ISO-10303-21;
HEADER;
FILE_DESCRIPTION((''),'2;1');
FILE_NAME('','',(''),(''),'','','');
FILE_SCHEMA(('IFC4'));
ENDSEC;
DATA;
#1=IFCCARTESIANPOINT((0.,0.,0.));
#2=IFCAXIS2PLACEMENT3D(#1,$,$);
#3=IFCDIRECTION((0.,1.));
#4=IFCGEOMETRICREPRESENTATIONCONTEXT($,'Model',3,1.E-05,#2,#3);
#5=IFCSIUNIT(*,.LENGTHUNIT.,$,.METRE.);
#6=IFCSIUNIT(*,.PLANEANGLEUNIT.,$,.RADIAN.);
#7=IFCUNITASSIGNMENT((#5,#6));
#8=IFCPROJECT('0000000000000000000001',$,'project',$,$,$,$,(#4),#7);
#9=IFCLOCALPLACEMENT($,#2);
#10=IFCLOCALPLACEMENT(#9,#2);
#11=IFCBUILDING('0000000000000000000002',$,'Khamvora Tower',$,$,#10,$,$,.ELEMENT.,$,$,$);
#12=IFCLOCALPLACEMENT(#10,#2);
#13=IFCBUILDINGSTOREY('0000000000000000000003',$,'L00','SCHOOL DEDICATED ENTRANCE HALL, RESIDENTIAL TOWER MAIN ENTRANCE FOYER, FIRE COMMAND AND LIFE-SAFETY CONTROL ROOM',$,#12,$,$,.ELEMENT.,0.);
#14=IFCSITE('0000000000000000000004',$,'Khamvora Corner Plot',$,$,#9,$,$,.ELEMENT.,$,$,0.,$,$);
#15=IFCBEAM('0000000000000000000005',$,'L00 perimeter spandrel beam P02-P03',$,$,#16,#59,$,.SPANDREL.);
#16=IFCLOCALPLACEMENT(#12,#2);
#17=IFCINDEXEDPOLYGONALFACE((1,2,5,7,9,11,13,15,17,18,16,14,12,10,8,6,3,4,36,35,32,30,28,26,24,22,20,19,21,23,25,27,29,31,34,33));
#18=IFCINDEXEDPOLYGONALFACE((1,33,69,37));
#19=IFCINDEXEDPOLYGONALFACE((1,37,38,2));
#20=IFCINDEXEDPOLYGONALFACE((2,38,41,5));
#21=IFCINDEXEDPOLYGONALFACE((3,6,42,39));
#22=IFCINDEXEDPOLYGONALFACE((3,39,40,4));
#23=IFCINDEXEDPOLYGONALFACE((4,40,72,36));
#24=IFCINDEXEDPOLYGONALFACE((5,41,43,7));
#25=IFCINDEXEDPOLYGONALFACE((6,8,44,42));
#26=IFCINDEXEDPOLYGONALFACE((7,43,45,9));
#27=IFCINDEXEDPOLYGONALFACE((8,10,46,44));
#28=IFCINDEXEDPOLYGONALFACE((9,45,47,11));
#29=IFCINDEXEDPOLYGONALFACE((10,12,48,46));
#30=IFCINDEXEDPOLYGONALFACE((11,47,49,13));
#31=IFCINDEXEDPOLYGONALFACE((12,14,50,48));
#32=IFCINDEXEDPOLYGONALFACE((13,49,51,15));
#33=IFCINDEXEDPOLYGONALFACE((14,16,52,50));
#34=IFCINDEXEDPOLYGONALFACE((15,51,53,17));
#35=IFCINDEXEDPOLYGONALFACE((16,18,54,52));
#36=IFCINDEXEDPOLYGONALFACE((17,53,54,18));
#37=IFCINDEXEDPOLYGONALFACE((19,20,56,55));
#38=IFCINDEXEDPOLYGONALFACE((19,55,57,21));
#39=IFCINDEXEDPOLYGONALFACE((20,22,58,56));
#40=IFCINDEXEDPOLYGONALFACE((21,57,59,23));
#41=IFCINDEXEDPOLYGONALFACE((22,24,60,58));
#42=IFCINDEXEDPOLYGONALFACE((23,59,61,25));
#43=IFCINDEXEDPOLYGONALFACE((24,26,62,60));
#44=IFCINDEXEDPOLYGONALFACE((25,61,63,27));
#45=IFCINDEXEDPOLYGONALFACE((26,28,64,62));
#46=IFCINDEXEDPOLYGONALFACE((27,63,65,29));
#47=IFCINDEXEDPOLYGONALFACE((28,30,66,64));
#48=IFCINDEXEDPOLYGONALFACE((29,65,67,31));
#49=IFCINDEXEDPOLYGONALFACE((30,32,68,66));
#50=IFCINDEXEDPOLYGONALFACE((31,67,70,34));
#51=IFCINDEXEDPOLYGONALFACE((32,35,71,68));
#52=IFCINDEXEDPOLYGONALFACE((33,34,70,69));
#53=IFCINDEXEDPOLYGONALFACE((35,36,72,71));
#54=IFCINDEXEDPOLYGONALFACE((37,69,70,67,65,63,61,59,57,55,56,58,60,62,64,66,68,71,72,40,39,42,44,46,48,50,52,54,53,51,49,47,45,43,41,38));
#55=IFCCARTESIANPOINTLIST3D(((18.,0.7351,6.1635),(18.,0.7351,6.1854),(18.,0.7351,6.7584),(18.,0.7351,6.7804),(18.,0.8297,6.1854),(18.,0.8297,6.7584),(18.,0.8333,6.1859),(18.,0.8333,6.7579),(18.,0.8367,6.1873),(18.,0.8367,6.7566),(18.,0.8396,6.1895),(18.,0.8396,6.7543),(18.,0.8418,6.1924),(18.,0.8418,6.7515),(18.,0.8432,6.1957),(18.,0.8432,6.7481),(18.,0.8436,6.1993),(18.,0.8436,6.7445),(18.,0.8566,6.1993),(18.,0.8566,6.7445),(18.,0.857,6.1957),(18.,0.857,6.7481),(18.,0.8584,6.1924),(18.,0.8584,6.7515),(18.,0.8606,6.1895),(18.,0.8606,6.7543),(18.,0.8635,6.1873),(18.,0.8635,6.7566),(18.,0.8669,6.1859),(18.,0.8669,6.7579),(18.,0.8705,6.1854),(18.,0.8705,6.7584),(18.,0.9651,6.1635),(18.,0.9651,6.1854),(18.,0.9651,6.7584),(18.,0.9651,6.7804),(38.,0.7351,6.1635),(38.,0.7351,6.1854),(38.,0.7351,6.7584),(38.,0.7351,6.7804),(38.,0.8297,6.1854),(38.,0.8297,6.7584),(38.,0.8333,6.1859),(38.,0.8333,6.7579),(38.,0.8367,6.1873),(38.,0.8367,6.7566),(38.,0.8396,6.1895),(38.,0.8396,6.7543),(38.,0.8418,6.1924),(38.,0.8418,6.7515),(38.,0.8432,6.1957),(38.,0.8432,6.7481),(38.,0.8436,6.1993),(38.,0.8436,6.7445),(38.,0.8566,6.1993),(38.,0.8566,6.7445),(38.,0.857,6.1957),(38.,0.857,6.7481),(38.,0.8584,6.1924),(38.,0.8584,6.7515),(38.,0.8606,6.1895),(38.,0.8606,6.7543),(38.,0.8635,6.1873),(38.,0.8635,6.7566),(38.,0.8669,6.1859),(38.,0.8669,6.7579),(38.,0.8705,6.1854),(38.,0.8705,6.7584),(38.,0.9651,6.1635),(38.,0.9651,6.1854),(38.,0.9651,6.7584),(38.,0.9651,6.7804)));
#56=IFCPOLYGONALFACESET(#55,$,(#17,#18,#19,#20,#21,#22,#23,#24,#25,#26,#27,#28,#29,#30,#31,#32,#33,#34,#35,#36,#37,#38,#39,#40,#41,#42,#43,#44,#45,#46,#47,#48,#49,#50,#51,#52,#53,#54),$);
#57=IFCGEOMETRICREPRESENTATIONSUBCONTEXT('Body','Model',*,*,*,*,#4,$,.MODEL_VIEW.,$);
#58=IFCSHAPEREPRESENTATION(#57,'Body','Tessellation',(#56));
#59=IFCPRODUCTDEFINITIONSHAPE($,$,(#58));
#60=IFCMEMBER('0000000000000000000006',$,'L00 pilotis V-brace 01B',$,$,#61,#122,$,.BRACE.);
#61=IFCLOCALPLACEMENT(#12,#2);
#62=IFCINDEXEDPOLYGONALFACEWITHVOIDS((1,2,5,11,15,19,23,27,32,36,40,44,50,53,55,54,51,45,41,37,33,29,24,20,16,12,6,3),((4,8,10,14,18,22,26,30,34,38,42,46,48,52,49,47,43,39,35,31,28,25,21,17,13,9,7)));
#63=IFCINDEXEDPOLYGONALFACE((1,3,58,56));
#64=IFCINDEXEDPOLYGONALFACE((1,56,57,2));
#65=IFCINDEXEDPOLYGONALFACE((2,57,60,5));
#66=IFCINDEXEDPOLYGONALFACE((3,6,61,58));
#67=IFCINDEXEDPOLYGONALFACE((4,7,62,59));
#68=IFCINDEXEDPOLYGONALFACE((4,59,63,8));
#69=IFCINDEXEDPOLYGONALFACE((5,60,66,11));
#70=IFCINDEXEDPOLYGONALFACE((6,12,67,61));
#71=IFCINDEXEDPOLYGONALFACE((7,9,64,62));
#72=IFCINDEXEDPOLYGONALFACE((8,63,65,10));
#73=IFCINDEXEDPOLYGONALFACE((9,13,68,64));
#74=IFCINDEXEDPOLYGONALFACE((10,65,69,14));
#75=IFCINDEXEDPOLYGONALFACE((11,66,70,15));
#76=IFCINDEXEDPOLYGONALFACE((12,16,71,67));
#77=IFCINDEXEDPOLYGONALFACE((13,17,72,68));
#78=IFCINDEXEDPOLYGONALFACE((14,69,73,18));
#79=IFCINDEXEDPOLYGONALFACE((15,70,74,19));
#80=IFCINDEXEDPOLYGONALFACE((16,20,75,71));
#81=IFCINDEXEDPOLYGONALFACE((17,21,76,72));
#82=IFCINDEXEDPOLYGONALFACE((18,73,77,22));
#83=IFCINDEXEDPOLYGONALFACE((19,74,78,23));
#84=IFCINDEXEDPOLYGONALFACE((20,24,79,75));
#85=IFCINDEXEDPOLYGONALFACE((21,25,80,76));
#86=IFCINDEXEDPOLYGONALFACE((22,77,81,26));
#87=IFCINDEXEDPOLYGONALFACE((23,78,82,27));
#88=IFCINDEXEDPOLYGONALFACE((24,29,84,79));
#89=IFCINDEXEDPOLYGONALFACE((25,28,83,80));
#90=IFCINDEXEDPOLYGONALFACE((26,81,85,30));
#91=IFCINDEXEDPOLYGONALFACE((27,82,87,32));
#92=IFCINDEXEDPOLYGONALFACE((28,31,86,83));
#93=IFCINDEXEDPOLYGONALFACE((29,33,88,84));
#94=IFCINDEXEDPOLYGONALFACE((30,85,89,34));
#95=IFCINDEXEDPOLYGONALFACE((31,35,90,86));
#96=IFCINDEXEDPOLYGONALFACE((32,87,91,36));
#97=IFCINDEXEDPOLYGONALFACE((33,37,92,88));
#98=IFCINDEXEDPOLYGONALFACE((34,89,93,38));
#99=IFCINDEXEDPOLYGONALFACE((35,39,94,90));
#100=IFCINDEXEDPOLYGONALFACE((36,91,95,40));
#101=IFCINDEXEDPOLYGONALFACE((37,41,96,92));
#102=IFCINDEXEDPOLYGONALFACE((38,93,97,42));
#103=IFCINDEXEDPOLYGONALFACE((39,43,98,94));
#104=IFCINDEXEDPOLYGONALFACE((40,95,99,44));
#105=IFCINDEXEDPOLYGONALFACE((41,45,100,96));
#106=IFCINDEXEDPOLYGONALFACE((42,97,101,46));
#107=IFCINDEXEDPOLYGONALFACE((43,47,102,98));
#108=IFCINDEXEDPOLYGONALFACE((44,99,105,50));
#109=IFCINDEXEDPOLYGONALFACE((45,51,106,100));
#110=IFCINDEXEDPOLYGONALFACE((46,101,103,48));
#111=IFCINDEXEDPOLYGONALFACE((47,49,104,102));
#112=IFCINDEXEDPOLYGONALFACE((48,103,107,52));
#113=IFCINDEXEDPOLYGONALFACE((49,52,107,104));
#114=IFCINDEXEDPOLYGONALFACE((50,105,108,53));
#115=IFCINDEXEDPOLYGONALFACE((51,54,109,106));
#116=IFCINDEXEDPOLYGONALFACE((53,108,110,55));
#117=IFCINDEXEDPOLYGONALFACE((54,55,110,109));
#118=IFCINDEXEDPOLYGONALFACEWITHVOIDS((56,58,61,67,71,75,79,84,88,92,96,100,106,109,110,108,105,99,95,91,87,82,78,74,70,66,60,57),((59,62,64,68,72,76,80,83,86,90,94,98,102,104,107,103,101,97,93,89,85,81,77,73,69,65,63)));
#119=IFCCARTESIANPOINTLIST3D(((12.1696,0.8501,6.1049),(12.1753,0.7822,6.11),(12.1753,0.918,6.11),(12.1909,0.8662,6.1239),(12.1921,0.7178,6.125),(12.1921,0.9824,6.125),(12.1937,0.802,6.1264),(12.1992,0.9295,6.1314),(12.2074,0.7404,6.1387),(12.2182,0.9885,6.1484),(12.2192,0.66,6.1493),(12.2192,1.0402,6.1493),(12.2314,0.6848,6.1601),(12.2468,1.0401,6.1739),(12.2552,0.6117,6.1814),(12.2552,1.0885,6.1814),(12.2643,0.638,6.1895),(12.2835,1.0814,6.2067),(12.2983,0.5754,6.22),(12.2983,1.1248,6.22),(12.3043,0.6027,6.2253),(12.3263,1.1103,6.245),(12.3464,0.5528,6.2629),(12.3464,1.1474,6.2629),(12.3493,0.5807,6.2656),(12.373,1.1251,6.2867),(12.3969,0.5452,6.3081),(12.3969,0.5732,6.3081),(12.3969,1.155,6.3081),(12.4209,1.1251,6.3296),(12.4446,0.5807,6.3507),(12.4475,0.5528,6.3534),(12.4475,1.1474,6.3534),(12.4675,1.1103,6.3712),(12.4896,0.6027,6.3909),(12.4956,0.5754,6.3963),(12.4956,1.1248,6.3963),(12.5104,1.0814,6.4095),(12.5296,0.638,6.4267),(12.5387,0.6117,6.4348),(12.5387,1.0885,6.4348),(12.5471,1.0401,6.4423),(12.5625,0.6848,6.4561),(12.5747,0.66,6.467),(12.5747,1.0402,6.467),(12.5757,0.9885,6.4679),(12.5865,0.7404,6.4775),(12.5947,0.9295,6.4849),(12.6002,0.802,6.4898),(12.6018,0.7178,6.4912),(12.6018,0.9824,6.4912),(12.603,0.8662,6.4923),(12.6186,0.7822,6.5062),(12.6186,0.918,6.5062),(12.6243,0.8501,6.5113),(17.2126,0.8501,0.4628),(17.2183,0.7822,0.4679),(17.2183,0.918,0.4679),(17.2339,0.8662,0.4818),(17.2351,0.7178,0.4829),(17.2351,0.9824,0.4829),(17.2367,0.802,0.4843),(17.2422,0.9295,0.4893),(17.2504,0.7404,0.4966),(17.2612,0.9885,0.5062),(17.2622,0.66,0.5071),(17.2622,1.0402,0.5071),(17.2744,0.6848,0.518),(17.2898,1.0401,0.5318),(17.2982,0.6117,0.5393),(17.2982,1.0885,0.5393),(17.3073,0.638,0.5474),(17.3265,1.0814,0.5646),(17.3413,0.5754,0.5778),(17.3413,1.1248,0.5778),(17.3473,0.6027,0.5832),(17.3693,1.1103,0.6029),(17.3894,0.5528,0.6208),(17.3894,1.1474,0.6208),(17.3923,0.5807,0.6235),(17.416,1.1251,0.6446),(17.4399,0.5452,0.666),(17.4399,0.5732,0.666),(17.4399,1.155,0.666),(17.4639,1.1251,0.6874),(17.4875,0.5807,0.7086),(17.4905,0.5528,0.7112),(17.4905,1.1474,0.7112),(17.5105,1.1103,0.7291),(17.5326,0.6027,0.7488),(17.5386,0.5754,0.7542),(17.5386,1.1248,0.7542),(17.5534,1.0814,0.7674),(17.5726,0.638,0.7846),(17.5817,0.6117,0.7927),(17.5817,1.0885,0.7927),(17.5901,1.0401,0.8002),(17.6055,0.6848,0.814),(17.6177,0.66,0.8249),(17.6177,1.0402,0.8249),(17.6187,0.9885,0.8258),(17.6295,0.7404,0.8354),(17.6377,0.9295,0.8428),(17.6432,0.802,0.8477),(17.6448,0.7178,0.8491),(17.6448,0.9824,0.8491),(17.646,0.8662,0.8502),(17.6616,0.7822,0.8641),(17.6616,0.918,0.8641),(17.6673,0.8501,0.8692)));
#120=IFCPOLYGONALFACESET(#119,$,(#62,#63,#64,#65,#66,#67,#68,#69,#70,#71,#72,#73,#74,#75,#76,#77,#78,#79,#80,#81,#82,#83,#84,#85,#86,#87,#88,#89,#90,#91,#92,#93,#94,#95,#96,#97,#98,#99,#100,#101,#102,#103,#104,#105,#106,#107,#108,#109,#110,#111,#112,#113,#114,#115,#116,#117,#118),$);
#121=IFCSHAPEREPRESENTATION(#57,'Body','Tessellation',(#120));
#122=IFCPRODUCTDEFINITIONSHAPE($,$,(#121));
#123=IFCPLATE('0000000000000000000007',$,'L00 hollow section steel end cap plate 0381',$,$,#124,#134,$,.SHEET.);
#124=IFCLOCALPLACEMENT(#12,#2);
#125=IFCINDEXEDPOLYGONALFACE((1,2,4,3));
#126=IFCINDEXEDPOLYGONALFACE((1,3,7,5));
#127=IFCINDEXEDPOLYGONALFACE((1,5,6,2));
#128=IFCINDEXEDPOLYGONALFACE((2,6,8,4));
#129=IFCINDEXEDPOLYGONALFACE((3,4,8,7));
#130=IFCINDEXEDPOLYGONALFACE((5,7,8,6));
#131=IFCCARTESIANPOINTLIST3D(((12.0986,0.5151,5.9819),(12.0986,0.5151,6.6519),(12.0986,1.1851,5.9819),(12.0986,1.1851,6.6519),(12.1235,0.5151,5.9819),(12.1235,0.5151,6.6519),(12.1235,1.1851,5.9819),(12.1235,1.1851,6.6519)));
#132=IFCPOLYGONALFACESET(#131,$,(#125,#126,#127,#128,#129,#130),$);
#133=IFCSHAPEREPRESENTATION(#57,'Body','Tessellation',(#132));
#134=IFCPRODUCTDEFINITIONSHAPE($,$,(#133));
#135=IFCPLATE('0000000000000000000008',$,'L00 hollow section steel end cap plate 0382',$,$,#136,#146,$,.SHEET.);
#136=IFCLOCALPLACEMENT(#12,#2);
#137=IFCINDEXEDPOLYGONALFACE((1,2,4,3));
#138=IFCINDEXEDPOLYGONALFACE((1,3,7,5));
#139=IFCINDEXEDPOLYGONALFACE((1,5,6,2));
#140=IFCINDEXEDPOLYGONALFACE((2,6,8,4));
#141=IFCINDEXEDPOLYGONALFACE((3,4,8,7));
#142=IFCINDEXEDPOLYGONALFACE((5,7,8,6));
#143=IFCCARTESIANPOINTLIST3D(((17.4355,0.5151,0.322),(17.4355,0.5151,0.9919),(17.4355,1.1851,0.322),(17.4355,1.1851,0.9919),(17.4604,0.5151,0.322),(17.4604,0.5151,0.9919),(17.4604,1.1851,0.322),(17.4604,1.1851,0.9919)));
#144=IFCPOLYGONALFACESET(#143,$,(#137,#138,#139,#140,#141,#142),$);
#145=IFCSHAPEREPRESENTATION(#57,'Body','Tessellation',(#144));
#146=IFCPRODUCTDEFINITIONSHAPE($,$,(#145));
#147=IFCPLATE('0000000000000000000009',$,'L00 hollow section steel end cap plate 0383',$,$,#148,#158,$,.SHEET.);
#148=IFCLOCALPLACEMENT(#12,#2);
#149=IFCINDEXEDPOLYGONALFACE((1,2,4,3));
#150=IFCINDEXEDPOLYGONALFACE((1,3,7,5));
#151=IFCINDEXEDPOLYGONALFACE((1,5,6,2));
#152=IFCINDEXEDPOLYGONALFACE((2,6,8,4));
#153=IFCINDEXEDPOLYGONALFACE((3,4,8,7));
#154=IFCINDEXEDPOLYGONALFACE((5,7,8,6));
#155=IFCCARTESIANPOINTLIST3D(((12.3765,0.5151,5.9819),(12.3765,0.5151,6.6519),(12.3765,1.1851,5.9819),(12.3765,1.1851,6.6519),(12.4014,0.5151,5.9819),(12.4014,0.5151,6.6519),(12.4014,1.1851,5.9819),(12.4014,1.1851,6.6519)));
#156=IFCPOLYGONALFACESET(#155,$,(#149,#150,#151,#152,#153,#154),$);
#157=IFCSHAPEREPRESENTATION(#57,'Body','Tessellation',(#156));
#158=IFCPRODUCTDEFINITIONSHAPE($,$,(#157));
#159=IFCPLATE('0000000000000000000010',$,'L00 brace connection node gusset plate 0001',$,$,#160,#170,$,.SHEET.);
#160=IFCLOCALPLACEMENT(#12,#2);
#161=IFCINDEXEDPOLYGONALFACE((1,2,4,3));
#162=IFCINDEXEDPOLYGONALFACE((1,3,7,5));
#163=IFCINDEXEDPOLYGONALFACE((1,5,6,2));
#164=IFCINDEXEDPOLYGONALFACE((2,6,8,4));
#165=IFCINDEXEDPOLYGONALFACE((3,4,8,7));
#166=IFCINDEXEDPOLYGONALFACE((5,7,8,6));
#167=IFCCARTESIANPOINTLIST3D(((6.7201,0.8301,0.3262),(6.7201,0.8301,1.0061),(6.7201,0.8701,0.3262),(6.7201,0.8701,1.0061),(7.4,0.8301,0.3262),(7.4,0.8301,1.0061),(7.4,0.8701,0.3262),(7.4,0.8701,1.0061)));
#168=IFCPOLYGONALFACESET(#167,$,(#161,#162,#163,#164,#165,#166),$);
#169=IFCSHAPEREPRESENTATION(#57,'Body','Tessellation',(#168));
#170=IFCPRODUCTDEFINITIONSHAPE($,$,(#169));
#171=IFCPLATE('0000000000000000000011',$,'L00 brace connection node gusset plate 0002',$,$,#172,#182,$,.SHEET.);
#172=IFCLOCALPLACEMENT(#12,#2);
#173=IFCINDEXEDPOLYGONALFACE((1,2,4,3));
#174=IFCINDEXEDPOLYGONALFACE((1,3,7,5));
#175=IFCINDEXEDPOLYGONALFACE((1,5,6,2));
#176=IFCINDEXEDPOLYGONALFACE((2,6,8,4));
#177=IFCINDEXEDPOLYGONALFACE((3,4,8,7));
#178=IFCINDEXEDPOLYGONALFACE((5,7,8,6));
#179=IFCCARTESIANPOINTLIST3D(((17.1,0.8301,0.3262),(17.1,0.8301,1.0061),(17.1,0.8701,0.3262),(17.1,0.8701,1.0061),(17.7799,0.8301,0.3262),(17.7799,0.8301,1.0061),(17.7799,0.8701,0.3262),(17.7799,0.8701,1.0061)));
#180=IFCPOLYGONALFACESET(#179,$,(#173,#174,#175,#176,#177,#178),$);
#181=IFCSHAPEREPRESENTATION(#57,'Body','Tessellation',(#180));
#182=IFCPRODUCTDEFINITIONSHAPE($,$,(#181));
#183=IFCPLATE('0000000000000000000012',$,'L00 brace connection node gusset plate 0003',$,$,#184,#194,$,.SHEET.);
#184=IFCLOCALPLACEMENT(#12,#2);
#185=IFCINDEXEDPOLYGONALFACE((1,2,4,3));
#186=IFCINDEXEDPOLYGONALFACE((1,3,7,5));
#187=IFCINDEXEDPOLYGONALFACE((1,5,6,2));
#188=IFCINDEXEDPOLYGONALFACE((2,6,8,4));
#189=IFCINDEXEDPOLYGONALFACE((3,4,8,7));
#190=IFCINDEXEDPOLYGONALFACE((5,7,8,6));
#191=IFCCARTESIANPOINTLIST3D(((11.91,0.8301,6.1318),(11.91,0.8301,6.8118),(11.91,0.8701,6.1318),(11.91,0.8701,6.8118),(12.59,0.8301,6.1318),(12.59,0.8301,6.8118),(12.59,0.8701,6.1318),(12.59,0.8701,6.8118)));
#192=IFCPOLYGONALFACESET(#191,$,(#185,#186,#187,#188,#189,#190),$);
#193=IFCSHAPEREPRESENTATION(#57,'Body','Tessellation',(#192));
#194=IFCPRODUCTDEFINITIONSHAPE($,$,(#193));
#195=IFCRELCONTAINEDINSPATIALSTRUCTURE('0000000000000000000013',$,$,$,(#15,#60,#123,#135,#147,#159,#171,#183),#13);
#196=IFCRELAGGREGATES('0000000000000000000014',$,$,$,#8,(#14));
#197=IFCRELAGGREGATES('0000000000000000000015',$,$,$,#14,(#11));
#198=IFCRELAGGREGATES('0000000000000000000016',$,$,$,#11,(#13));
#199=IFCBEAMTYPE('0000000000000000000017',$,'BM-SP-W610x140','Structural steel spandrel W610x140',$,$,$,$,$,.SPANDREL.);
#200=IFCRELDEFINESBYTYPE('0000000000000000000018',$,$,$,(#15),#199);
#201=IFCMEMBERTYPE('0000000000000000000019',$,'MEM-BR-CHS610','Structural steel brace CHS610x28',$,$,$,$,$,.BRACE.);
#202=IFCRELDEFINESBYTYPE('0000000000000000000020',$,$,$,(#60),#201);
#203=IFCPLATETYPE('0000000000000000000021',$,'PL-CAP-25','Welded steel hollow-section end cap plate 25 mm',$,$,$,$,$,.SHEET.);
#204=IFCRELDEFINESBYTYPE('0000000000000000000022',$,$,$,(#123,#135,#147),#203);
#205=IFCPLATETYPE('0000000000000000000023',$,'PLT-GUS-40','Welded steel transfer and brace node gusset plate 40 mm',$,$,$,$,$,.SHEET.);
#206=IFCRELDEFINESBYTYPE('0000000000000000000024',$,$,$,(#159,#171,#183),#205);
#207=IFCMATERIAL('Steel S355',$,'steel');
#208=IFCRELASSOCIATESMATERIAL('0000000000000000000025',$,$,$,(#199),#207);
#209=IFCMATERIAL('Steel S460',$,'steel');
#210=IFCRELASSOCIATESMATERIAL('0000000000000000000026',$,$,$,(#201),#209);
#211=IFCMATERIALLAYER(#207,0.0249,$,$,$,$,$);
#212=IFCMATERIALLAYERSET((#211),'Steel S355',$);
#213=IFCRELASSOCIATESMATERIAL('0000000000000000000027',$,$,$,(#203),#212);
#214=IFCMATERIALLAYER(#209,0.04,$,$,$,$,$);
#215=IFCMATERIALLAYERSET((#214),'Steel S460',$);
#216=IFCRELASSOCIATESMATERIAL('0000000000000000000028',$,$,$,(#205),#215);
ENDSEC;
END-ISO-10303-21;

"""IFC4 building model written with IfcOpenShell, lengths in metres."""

from ifc_helpers import new_model, si_unit, direction, frame, origin, origin_2d, place, context, subcontext, project, spatial, rectangle, hollow_circle, i_section, extrude, material, layer, layer_set, material_profile, profile_set, type_object, element, save


model = new_model("IFC4")

# Units and contexts
model_context = context("Model", 3, precision=1e-05, world=origin(), true_north=direction((0.0, 1.0)))
body_context = subcontext(model_context, "Body", "Model", "MODEL_VIEW")
ifc_project = project(units=[si_unit("LENGTHUNIT", "METRE"), si_unit("PLANEANGLEUNIT", "RADIAN")], contexts=[model_context])

# Site, building, storey
site_placement = place(None, origin())
site = spatial("IfcSite", under=ifc_project, at=site_placement, Name="Khamvora Corner Plot", CompositionType="ELEMENT", RefElevation=0.0)
building_placement = place(site_placement, origin())
building = spatial("IfcBuilding", under=site, at=building_placement, Name="Khamvora Tower", CompositionType="ELEMENT")
storey_placement = place(building_placement, origin())
storey = spatial("IfcBuildingStorey", under=building, at=storey_placement, Name="L00", Description="SCHOOL DEDICATED ENTRANCE HALL, RESIDENTIAL TOWER MAIN ENTRANCE FOYER, FIRE COMMAND AND LIFE-SAFETY CONTROL ROOM", CompositionType="ELEMENT", Elevation=0.0)

# Shared definitions
ifc_material_1 = material(Name="Steel S460", Category="steel")
ifc_material_2 = material(Name="Steel S355", Category="steel")

# Beam
ifc_material_profile_1 = material_profile(ifc_material_2, i_section(OverallWidth=0.23, OverallDepth=0.6169, WebThickness=0.0129, FlangeThickness=0.022, FilletRadius=0.0139, at=origin_2d()), Name="W610x140")
ifc_profile_set_1 = profile_set([ifc_material_profile_1], Name="Steel S355")
beam_type_1 = type_object("IfcBeamType", Name="BM-SP-W610x140", Description="Structural steel spandrel W610x140", PredefinedType="SPANDREL", material=ifc_profile_set_1)
beam_1_placement = place(storey_placement, frame((18.0, 0.8501, 6.4719), z_axis=(1.0, 0.0, 0.0), x_axis=(0.0, 1.0, 0.0)))
element("IfcBeam", 1, at=beam_1_placement, inside=storey, type_object=beam_type_1, Name="L00 perimeter spandrel beam P02-P03", PredefinedType="SPANDREL", context=body_context, shape_type="SweptSolid", body=[
    extrude(i_section(OverallWidth=0.23, OverallDepth=0.6169, WebThickness=0.0129, FlangeThickness=0.022, FilletRadius=0.0139, at=origin_2d()), origin(), (0.0, 0.0, 1.0), 20.0),
])

# Member
ifc_material_profile_2 = material_profile(ifc_material_1, hollow_circle(Radius=0.3049, WallThickness=0.0281, at=origin_2d()), Name="CHS610x28")
ifc_profile_set_2 = profile_set([ifc_material_profile_2], Name="Steel S460")
member_type = type_object("IfcMemberType", Name="MEM-BR-CHS610", Description="Structural steel brace CHS610x28", PredefinedType="BRACE", material=ifc_profile_set_2)
member_placement = place(storey_placement, frame((17.4399, 0.8501, 0.666), z_axis=(-0.666412, 0.0, 0.745584), x_axis=(0.0, -1.0, 0.0)))
element("IfcMember", 2, at=member_placement, inside=storey, type_object=member_type, Name="L00 pilotis V-brace 01B", PredefinedType="BRACE", context=body_context, shape_type="SweptSolid", body=[
    extrude(hollow_circle(Radius=0.3049, WallThickness=0.0281, at=origin_2d()), origin(), (0.0, 0.0, 1.0), 7.5674),
])

# Plates
ifc_layer_1 = layer(ifc_material_2, 0.0249)
ifc_layer_set_1 = layer_set([ifc_layer_1], Name="Steel S355")
plate_type_1 = type_object("IfcPlateType", Name="PL-CAP-25", Description="Welded steel hollow-section end cap plate 25 mm", PredefinedType="SHEET", material=ifc_layer_set_1)
for number, where, z_axis, x_axis, name in (
    (3, (12.1111, 0.8501, 5.9819), (0.0, 0.0, 1.0), (1.0, 0.0, 0.0), "L00 hollow section steel end cap plate 0381"),
    (4, (17.448, 0.8501, 0.322), (0.0, 0.0, 1.0), (-1.0, 0.0, 0.0), "L00 hollow section steel end cap plate 0382"),
    (5, (12.3889, 0.8501, 5.9819), (0.0, 0.0, 1.0), (-1.0, 0.0, 0.0), "L00 hollow section steel end cap plate 0383"),
):
    element("IfcPlate", number, at=place(storey_placement, frame(where, z_axis=z_axis, x_axis=x_axis)), inside=storey, type_object=plate_type_1, Name=name, PredefinedType="SHEET", context=body_context, shape_type="SweptSolid", body=[
        extrude(rectangle(XDim=0.0249, YDim=0.6699, at=origin_2d()), origin(), (0.0, 0.0, 1.0), 0.6699),
    ])
ifc_layer_2 = layer(ifc_material_1, 0.04)
ifc_layer_set_2 = layer_set([ifc_layer_2], Name="Steel S460")
plate_type_2 = type_object("IfcPlateType", Name="PLT-GUS-40", Description="Welded steel transfer and brace node gusset plate 40 mm", PredefinedType="SHEET", material=ifc_layer_set_2)
for number, where, z_axis, x_axis, name in (
    (6, (7.0601, 0.8501, 0.3262), (0.0, 0.0, 1.0), (1.0, 0.0, 0.0), "L00 brace connection node gusset plate 0001"),
    (7, (17.4399, 0.8501, 0.3262), (0.0, 0.0, 1.0), (1.0, 0.0, 0.0), "L00 brace connection node gusset plate 0002"),
    (8, (12.25, 0.8501, 6.1318), (0.0, 0.0, 1.0), (1.0, 0.0, 0.0), "L00 brace connection node gusset plate 0003"),
):
    element("IfcPlate", number, at=place(storey_placement, frame(where, z_axis=z_axis, x_axis=x_axis)), inside=storey, type_object=plate_type_2, Name=name, PredefinedType="SHEET", context=body_context, shape_type="SweptSolid", body=[
        extrude(rectangle(XDim=0.6799, YDim=0.04, at=origin_2d()), origin(), (0.0, 0.0, 1.0), 0.6799),
    ])

save(model, "model.ifc")
